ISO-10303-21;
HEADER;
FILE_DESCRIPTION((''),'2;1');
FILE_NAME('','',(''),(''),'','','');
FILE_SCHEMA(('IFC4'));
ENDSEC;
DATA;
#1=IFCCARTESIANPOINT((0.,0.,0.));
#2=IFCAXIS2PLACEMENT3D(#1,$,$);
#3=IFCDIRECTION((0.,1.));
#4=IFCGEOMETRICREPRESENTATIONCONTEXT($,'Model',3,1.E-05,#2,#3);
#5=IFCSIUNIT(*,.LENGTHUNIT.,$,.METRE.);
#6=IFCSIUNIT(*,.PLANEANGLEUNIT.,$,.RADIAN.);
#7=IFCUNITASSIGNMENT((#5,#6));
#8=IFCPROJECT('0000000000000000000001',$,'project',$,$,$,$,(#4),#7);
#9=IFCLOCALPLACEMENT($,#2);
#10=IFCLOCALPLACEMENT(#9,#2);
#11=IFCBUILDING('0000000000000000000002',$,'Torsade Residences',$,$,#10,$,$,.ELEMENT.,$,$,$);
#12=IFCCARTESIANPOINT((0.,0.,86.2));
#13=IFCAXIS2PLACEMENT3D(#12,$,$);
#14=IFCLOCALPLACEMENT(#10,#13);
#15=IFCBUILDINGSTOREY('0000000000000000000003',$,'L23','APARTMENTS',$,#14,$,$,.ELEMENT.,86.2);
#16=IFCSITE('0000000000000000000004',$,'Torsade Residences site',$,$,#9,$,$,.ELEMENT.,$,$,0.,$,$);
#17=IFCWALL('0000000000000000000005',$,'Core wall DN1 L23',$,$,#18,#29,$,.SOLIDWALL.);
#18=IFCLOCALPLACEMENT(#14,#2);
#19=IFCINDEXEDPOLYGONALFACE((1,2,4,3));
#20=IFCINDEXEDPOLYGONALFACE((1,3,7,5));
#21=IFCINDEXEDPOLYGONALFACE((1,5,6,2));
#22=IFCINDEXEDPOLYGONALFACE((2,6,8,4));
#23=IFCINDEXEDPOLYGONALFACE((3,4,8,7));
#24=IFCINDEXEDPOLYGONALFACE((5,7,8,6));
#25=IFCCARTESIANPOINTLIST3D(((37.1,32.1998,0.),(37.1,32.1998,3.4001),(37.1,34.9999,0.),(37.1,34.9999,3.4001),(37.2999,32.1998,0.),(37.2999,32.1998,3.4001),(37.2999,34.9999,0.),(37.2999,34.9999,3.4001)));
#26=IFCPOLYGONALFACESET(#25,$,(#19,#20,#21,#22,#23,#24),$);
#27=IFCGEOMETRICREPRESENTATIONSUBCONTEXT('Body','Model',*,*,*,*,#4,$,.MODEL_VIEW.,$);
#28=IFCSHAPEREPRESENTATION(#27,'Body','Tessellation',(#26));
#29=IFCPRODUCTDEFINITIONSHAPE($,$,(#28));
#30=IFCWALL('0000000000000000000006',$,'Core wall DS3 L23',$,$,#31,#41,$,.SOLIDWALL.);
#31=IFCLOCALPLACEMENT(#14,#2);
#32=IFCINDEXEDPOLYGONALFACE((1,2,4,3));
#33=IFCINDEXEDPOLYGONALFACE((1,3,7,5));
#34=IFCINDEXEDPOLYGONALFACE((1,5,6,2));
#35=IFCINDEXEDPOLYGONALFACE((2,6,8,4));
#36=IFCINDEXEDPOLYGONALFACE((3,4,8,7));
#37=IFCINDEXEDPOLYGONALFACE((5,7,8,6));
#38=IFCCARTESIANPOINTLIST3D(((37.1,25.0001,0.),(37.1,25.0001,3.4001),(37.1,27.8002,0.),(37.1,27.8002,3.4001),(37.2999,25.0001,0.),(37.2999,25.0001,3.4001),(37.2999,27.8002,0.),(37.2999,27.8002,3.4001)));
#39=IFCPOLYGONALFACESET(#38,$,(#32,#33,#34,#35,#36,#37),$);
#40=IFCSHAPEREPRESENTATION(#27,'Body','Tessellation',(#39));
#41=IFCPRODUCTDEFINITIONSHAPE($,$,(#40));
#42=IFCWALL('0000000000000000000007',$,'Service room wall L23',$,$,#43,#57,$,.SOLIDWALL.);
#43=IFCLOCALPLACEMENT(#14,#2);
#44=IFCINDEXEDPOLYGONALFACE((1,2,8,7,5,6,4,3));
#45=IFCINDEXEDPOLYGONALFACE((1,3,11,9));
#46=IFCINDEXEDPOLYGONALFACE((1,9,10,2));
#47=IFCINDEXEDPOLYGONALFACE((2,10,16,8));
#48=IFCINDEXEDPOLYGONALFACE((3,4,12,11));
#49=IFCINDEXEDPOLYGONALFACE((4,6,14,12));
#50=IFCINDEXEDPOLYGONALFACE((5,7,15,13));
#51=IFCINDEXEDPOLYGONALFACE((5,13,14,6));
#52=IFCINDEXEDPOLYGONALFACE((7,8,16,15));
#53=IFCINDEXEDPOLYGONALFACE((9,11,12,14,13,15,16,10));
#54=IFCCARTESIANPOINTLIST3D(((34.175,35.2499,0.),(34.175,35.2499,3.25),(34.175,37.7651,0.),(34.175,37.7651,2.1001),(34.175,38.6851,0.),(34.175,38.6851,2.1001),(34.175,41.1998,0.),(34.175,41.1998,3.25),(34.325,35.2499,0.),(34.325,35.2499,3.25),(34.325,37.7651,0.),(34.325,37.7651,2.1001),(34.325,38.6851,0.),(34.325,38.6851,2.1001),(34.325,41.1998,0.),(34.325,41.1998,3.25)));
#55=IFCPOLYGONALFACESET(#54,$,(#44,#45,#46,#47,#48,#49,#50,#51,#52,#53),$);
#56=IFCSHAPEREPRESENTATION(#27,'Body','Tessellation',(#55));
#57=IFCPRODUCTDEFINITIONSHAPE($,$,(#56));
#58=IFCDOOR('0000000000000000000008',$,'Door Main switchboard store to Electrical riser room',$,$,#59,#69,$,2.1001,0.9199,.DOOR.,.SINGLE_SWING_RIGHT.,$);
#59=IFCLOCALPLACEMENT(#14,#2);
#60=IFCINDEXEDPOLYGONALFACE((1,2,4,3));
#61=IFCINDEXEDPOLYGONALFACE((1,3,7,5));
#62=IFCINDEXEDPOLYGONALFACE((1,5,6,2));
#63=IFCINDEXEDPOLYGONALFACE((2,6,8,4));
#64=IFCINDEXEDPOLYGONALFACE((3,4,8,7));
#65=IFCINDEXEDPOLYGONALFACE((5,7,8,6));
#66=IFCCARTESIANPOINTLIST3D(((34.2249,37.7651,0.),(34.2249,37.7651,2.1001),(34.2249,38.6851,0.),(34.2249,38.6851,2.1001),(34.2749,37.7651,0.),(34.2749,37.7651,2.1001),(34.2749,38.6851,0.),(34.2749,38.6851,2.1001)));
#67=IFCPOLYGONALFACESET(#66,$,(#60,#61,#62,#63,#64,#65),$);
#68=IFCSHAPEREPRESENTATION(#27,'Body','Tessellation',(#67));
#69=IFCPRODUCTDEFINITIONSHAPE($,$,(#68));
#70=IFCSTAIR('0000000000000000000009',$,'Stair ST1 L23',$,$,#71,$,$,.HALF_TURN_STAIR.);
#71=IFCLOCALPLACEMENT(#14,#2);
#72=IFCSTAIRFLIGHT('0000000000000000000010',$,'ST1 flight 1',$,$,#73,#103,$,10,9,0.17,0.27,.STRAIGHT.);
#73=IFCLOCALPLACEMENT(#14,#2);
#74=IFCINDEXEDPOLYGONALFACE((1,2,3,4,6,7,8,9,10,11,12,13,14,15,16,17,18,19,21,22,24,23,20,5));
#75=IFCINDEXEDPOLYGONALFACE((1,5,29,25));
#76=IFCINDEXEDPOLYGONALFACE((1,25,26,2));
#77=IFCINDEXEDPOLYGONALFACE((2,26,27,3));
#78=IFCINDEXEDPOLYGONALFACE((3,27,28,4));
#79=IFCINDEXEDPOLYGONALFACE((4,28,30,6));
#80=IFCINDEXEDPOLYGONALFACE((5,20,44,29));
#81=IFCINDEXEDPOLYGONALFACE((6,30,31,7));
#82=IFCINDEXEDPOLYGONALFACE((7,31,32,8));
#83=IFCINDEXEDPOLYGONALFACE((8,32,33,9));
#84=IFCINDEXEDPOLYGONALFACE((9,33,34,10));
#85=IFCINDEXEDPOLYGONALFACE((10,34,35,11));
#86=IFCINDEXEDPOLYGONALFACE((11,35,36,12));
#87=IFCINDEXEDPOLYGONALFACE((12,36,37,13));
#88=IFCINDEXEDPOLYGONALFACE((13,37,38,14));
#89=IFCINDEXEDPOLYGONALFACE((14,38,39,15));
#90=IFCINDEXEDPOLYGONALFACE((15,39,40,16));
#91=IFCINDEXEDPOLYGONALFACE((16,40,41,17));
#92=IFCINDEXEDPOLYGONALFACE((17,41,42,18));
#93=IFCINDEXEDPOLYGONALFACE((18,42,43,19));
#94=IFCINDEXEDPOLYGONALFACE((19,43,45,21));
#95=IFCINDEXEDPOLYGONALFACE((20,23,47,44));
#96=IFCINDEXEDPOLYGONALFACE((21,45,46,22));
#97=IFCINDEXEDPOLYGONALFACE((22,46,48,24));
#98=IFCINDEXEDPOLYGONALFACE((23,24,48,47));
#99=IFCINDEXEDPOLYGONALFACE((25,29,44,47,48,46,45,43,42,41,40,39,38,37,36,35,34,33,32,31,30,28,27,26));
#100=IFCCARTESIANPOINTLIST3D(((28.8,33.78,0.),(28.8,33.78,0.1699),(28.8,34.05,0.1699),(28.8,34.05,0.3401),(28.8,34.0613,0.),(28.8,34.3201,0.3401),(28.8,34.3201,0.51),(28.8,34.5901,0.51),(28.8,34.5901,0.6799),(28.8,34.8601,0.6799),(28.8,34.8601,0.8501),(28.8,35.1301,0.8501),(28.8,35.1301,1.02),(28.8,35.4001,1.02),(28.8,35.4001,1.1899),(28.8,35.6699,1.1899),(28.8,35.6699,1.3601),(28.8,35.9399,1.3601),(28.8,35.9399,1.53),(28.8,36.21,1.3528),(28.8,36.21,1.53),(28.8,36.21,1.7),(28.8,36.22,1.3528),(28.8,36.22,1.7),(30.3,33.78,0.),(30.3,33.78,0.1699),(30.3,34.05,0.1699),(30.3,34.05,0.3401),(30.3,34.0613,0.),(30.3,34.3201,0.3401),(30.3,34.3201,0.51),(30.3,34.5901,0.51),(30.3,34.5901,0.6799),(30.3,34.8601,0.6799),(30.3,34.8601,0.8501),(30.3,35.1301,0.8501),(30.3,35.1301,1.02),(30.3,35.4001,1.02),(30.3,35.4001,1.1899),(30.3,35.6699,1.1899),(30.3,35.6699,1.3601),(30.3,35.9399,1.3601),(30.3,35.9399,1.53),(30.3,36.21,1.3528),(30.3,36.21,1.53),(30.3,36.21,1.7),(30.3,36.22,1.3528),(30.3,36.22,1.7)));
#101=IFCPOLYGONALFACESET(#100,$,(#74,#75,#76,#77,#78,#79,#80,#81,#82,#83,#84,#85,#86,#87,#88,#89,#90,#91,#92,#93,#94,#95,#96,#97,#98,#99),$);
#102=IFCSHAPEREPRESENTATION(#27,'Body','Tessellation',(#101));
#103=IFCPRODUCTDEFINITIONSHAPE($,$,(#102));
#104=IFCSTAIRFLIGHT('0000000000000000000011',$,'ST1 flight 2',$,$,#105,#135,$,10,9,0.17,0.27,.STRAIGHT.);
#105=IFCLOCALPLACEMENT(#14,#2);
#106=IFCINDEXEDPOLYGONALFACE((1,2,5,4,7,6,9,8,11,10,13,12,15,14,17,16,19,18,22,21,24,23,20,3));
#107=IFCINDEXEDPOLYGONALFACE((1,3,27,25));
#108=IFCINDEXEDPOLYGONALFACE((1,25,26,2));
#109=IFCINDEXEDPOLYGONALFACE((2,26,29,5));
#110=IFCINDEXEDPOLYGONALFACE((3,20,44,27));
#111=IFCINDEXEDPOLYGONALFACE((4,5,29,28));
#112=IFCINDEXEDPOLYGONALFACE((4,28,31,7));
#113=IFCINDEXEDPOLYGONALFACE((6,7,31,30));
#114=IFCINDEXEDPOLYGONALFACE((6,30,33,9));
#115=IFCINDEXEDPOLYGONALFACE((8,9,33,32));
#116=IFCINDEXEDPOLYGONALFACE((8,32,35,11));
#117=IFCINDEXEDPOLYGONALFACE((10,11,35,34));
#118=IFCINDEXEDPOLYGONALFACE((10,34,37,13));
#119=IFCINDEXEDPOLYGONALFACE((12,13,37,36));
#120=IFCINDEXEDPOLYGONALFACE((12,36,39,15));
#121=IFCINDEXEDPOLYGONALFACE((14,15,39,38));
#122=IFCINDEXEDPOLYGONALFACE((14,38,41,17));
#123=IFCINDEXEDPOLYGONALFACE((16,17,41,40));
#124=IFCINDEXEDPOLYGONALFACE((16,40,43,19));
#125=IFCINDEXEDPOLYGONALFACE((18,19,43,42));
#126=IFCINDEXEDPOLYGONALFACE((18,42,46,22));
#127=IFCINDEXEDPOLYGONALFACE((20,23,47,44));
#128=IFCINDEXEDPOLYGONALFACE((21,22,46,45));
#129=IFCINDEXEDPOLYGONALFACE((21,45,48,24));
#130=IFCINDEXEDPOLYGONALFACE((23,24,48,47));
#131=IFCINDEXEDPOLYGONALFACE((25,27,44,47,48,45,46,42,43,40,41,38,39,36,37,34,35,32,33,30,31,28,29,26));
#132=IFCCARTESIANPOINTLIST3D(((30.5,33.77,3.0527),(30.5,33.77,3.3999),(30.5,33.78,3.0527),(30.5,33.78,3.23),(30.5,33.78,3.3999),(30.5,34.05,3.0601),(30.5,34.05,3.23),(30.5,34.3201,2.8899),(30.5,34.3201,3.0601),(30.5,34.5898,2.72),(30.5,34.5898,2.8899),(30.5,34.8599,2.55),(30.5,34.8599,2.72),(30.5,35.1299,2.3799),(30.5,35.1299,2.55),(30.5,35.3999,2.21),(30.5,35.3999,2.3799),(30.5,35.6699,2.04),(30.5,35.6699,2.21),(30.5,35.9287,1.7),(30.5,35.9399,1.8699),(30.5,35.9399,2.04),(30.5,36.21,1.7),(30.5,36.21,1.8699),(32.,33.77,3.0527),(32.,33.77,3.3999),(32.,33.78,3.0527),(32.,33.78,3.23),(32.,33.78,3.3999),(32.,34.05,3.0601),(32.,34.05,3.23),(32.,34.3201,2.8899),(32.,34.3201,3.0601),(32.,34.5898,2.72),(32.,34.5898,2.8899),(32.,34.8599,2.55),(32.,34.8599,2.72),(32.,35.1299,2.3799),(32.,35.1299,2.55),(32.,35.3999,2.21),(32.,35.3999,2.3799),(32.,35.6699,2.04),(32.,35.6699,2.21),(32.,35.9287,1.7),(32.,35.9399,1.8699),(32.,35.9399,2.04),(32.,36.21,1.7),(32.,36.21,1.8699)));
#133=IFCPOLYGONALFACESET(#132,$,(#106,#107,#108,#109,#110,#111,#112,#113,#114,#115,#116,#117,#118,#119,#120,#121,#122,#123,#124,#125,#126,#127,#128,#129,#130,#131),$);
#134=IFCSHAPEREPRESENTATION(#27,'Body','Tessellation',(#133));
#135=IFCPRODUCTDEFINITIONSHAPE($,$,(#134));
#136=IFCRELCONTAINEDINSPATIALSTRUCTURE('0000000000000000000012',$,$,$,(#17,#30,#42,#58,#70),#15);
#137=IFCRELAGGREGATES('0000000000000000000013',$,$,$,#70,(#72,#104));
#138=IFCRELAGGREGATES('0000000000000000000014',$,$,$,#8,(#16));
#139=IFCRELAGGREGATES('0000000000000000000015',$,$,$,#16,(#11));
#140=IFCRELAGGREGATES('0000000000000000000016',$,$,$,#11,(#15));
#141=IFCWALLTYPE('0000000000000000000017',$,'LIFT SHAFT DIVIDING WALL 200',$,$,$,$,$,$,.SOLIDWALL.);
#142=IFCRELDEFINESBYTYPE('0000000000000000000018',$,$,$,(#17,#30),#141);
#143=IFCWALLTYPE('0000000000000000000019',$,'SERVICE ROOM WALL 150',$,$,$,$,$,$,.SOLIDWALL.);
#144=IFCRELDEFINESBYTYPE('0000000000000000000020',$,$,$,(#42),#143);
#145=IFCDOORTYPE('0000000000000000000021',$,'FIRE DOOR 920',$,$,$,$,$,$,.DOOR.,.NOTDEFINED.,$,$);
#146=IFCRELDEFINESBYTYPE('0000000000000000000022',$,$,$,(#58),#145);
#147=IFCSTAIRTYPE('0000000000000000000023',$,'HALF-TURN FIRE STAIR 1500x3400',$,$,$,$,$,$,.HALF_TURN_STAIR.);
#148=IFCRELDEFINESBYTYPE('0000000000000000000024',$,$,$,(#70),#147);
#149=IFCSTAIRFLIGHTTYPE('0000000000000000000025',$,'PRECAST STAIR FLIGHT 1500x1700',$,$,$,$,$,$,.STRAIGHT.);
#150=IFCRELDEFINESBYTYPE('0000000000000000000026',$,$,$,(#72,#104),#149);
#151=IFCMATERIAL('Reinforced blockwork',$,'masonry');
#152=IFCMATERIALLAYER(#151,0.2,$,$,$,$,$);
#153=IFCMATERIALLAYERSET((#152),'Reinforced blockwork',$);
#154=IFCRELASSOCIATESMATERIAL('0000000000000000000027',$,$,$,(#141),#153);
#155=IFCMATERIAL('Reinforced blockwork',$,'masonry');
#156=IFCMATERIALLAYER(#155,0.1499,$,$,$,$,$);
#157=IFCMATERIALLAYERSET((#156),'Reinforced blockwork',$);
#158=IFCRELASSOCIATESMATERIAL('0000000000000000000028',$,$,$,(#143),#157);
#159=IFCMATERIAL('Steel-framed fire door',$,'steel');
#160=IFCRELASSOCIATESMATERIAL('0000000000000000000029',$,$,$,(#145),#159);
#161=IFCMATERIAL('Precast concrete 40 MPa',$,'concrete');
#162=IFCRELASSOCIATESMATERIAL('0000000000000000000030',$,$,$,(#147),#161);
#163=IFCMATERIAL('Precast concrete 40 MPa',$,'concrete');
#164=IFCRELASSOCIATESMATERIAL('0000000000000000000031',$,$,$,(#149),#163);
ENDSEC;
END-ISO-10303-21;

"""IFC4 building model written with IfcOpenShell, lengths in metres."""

from ifc_helpers import new_model, si_unit, direction, frame, frame_2d, origin, place, context, subcontext, project, spatial, polyline, rectangle, outline, extrude, material, layer, layer_set, type_object, element, fill, aggregate, save


model = new_model("IFC4")

# Units and contexts
model_context = context("Model", 3, precision=1e-05, world=origin(), true_north=direction((0.0, 1.0)))
body_context = subcontext(model_context, "Body", "Model", "MODEL_VIEW")
ifc_project = project(units=[si_unit("LENGTHUNIT", "METRE"), si_unit("PLANEANGLEUNIT", "RADIAN")], contexts=[model_context])

# Site, building, storey
site_placement = place(None, origin())
site = spatial("IfcSite", under=ifc_project, at=site_placement, Name="Torsade Residences site", CompositionType="ELEMENT", RefElevation=0.0)
building_placement = place(site_placement, origin())
building = spatial("IfcBuilding", under=site, at=building_placement, Name="Torsade Residences", CompositionType="ELEMENT")
storey_placement = place(building_placement, frame((0.0, 0.0, 86.2)))
storey = spatial("IfcBuildingStorey", under=building, at=storey_placement, Name="L23", Description="APARTMENTS", CompositionType="ELEMENT", Elevation=86.2)

# Walls
ifc_material_1 = material(Name="Reinforced blockwork", Category="masonry")
ifc_layer_1 = layer(ifc_material_1, 0.2)
ifc_layer_set_1 = layer_set([ifc_layer_1], Name="Reinforced blockwork")
wall_type_1 = type_object("IfcWallType", Name="LIFT SHAFT DIVIDING WALL 200", PredefinedType="SOLIDWALL", material=ifc_layer_set_1)
for number, where, z_axis, x_axis, name in (
    (1, (37.2, 32.2, 0.0), (0.0, 0.0, 1.0), (0.0, 1.0, 0.0), "Core wall DN1 L23"),
    (2, (37.2, 27.8, 0.0), (0.0, 0.0, 1.0), (0.0, -1.0, 0.0), "Core wall DS3 L23"),
):
    element("IfcWall", number, at=place(storey_placement, frame(where, z_axis=z_axis, x_axis=x_axis)), inside=storey, type_object=wall_type_1, Name=name, PredefinedType="SOLIDWALL", context=body_context, shape_type="SweptSolid", body=[
        extrude(rectangle(XDim=2.8, YDim=0.2, at=frame_2d((1.3999, 0.0))), origin(), (0.0, 0.0, 1.0), 3.4001),
    ])

# Wall, opening, door
ifc_material_2 = material(Name="Reinforced blockwork", Category="masonry")
ifc_layer_2 = layer(ifc_material_2, 0.1499)
ifc_layer_set_2 = layer_set([ifc_layer_2], Name="Reinforced blockwork")
wall_type_2 = type_object("IfcWallType", Name="SERVICE ROOM WALL 150", PredefinedType="SOLIDWALL", material=ifc_layer_set_2)
wall_1_placement = place(storey_placement, frame((34.25, 41.2, 0.0), z_axis=(0.0, 0.0, 1.0), x_axis=(0.0, -1.0, 0.0)))
wall_1 = element("IfcWall", 3, at=wall_1_placement, inside=storey, type_object=wall_type_2, Name="Service room wall L23", PredefinedType="SOLIDWALL", context=body_context, shape_type="SweptSolid", body=[
    extrude(rectangle(XDim=5.95, YDim=0.1499, at=frame_2d((2.9751, 0.0))), origin(), (0.0, 0.0, 1.0), 3.25),
])
opening_placement = place(wall_1_placement, frame((2.5149, 0.0, 0.0)))
opening = element("IfcOpeningElement", 4, at=opening_placement, cuts=wall_1, PredefinedType="OPENING", context=body_context, shape_type="SweptSolid", body=[
    extrude(rectangle(XDim=0.9199, YDim=2.1001, at=frame_2d((0.46, 1.05))), frame((0.0, 0.085, 0.0), z_axis=(0.0, -1.0, 0.0), x_axis=(1.0, 0.0, 0.0)), (0.0, 0.0, 1.0), 0.1699),
])
ifc_material_3 = material(Name="Steel-framed fire door", Category="steel")
door_type = type_object("IfcDoorType", Name="FIRE DOOR 920", OperationType="NOTDEFINED", PredefinedType="DOOR", material=ifc_material_3)
door_placement = place(opening_placement, origin())
door = element("IfcDoor", 5, at=door_placement, inside=storey, type_object=door_type, Name="Door Main switchboard store to Electrical riser room", OperationType="SINGLE_SWING_RIGHT", OverallHeight=2.1001, OverallWidth=0.9199, PredefinedType="DOOR", context=body_context, shape_type="SweptSolid", body=[
    extrude(rectangle(XDim=0.9199, YDim=2.1001, at=frame_2d((0.46, 1.05))), frame((0.0, 0.0249, 0.0), z_axis=(0.0, -1.0, 0.0), x_axis=(1.0, 0.0, 0.0)), (0.0, 0.0, 1.0), 0.05),
])
fill(opening, door)

# Stair, stair flights
ifc_material_4 = material(Name="Precast concrete 40 MPa", Category="concrete")
stair_type = type_object("IfcStairType", Name="HALF-TURN FIRE STAIR 1500x3400", PredefinedType="HALF_TURN_STAIR", material=ifc_material_4)
stair_placement = place(storey_placement, origin())
stair = element("IfcStair", 6, at=stair_placement, inside=storey, type_object=stair_type, Name="Stair ST1 L23", PredefinedType="HALF_TURN_STAIR")
ifc_material_5 = material(Name="Precast concrete 40 MPa", Category="concrete")
stair_flight_type = type_object("IfcStairFlightType", Name="PRECAST STAIR FLIGHT 1500x1700", PredefinedType="STRAIGHT", material=ifc_material_5)
stair_flight_1_placement = place(storey_placement, frame((29.55, 33.78, 0.0), z_axis=(0.0, 0.0, 1.0), x_axis=(0.0, 1.0, 0.0)))
stair_flight_1 = element("IfcStairFlight", 7, at=stair_flight_1_placement, type_object=stair_flight_type, Name="ST1 flight 1", NumberOfRisers=10, NumberOfTreads=9, PredefinedType="STRAIGHT", RiserHeight=0.17, TreadLength=0.27, context=body_context, shape_type="SweptSolid", body=[
    extrude(outline(polyline([(0.0, 0.0), (0.0, 0.1699), (0.27, 0.1699), (0.27, 0.3401), (0.54, 0.3401), (0.54, 0.51), (0.8101, 0.51), (0.8101, 0.6799), (1.0801, 0.6799), (1.0801, 0.8501), (1.3501, 0.8501), (1.3501, 1.02), (1.6201, 1.02), (1.6201, 1.1899), (1.8899, 1.1899), (1.8899, 1.3601), (2.1599, 1.3601), (2.1599, 1.53), (2.4299, 1.53), (2.4299, 1.7), (2.4399, 1.7), (2.4399, 1.3528), (2.4299, 1.3528), (0.2812, 0.0), (0.0, 0.0)])), frame((0.0, 0.75, 0.0), z_axis=(0.0, -1.0, 0.0), x_axis=(1.0, 0.0, 0.0)), (0.0, 0.0, 1.0), 1.5),
])
stair_flight_2_placement = place(storey_placement, frame((31.25, 36.21, 1.7), z_axis=(0.0, 0.0, 1.0), x_axis=(0.0, -1.0, 0.0)))
stair_flight_2 = element("IfcStairFlight", 8, at=stair_flight_2_placement, type_object=stair_flight_type, Name="ST1 flight 2", NumberOfRisers=10, NumberOfTreads=9, PredefinedType="STRAIGHT", RiserHeight=0.17, TreadLength=0.27, context=body_context, shape_type="SweptSolid", body=[
    extrude(outline(polyline([(0.0, 0.0), (0.0, 0.1699), (0.27, 0.1699), (0.27, 0.3401), (0.54, 0.3401), (0.54, 0.51), (0.8101, 0.51), (0.8101, 0.6799), (1.0801, 0.6799), (1.0801, 0.8501), (1.3501, 0.8501), (1.3501, 1.02), (1.6201, 1.02), (1.6201, 1.1899), (1.8899, 1.1899), (1.8899, 1.3601), (2.1599, 1.3601), (2.1599, 1.53), (2.4299, 1.53), (2.4299, 1.7), (2.4399, 1.7), (2.4399, 1.3528), (2.4299, 1.3528), (0.2812, 0.0), (0.0, 0.0)])), frame((0.0, 0.75, 0.0), z_axis=(0.0, -1.0, 0.0), x_axis=(1.0, 0.0, 0.0)), (0.0, 0.0, 1.0), 1.5),
])
aggregate(stair, [stair_flight_1, stair_flight_2])

save(model, "model.ifc")
